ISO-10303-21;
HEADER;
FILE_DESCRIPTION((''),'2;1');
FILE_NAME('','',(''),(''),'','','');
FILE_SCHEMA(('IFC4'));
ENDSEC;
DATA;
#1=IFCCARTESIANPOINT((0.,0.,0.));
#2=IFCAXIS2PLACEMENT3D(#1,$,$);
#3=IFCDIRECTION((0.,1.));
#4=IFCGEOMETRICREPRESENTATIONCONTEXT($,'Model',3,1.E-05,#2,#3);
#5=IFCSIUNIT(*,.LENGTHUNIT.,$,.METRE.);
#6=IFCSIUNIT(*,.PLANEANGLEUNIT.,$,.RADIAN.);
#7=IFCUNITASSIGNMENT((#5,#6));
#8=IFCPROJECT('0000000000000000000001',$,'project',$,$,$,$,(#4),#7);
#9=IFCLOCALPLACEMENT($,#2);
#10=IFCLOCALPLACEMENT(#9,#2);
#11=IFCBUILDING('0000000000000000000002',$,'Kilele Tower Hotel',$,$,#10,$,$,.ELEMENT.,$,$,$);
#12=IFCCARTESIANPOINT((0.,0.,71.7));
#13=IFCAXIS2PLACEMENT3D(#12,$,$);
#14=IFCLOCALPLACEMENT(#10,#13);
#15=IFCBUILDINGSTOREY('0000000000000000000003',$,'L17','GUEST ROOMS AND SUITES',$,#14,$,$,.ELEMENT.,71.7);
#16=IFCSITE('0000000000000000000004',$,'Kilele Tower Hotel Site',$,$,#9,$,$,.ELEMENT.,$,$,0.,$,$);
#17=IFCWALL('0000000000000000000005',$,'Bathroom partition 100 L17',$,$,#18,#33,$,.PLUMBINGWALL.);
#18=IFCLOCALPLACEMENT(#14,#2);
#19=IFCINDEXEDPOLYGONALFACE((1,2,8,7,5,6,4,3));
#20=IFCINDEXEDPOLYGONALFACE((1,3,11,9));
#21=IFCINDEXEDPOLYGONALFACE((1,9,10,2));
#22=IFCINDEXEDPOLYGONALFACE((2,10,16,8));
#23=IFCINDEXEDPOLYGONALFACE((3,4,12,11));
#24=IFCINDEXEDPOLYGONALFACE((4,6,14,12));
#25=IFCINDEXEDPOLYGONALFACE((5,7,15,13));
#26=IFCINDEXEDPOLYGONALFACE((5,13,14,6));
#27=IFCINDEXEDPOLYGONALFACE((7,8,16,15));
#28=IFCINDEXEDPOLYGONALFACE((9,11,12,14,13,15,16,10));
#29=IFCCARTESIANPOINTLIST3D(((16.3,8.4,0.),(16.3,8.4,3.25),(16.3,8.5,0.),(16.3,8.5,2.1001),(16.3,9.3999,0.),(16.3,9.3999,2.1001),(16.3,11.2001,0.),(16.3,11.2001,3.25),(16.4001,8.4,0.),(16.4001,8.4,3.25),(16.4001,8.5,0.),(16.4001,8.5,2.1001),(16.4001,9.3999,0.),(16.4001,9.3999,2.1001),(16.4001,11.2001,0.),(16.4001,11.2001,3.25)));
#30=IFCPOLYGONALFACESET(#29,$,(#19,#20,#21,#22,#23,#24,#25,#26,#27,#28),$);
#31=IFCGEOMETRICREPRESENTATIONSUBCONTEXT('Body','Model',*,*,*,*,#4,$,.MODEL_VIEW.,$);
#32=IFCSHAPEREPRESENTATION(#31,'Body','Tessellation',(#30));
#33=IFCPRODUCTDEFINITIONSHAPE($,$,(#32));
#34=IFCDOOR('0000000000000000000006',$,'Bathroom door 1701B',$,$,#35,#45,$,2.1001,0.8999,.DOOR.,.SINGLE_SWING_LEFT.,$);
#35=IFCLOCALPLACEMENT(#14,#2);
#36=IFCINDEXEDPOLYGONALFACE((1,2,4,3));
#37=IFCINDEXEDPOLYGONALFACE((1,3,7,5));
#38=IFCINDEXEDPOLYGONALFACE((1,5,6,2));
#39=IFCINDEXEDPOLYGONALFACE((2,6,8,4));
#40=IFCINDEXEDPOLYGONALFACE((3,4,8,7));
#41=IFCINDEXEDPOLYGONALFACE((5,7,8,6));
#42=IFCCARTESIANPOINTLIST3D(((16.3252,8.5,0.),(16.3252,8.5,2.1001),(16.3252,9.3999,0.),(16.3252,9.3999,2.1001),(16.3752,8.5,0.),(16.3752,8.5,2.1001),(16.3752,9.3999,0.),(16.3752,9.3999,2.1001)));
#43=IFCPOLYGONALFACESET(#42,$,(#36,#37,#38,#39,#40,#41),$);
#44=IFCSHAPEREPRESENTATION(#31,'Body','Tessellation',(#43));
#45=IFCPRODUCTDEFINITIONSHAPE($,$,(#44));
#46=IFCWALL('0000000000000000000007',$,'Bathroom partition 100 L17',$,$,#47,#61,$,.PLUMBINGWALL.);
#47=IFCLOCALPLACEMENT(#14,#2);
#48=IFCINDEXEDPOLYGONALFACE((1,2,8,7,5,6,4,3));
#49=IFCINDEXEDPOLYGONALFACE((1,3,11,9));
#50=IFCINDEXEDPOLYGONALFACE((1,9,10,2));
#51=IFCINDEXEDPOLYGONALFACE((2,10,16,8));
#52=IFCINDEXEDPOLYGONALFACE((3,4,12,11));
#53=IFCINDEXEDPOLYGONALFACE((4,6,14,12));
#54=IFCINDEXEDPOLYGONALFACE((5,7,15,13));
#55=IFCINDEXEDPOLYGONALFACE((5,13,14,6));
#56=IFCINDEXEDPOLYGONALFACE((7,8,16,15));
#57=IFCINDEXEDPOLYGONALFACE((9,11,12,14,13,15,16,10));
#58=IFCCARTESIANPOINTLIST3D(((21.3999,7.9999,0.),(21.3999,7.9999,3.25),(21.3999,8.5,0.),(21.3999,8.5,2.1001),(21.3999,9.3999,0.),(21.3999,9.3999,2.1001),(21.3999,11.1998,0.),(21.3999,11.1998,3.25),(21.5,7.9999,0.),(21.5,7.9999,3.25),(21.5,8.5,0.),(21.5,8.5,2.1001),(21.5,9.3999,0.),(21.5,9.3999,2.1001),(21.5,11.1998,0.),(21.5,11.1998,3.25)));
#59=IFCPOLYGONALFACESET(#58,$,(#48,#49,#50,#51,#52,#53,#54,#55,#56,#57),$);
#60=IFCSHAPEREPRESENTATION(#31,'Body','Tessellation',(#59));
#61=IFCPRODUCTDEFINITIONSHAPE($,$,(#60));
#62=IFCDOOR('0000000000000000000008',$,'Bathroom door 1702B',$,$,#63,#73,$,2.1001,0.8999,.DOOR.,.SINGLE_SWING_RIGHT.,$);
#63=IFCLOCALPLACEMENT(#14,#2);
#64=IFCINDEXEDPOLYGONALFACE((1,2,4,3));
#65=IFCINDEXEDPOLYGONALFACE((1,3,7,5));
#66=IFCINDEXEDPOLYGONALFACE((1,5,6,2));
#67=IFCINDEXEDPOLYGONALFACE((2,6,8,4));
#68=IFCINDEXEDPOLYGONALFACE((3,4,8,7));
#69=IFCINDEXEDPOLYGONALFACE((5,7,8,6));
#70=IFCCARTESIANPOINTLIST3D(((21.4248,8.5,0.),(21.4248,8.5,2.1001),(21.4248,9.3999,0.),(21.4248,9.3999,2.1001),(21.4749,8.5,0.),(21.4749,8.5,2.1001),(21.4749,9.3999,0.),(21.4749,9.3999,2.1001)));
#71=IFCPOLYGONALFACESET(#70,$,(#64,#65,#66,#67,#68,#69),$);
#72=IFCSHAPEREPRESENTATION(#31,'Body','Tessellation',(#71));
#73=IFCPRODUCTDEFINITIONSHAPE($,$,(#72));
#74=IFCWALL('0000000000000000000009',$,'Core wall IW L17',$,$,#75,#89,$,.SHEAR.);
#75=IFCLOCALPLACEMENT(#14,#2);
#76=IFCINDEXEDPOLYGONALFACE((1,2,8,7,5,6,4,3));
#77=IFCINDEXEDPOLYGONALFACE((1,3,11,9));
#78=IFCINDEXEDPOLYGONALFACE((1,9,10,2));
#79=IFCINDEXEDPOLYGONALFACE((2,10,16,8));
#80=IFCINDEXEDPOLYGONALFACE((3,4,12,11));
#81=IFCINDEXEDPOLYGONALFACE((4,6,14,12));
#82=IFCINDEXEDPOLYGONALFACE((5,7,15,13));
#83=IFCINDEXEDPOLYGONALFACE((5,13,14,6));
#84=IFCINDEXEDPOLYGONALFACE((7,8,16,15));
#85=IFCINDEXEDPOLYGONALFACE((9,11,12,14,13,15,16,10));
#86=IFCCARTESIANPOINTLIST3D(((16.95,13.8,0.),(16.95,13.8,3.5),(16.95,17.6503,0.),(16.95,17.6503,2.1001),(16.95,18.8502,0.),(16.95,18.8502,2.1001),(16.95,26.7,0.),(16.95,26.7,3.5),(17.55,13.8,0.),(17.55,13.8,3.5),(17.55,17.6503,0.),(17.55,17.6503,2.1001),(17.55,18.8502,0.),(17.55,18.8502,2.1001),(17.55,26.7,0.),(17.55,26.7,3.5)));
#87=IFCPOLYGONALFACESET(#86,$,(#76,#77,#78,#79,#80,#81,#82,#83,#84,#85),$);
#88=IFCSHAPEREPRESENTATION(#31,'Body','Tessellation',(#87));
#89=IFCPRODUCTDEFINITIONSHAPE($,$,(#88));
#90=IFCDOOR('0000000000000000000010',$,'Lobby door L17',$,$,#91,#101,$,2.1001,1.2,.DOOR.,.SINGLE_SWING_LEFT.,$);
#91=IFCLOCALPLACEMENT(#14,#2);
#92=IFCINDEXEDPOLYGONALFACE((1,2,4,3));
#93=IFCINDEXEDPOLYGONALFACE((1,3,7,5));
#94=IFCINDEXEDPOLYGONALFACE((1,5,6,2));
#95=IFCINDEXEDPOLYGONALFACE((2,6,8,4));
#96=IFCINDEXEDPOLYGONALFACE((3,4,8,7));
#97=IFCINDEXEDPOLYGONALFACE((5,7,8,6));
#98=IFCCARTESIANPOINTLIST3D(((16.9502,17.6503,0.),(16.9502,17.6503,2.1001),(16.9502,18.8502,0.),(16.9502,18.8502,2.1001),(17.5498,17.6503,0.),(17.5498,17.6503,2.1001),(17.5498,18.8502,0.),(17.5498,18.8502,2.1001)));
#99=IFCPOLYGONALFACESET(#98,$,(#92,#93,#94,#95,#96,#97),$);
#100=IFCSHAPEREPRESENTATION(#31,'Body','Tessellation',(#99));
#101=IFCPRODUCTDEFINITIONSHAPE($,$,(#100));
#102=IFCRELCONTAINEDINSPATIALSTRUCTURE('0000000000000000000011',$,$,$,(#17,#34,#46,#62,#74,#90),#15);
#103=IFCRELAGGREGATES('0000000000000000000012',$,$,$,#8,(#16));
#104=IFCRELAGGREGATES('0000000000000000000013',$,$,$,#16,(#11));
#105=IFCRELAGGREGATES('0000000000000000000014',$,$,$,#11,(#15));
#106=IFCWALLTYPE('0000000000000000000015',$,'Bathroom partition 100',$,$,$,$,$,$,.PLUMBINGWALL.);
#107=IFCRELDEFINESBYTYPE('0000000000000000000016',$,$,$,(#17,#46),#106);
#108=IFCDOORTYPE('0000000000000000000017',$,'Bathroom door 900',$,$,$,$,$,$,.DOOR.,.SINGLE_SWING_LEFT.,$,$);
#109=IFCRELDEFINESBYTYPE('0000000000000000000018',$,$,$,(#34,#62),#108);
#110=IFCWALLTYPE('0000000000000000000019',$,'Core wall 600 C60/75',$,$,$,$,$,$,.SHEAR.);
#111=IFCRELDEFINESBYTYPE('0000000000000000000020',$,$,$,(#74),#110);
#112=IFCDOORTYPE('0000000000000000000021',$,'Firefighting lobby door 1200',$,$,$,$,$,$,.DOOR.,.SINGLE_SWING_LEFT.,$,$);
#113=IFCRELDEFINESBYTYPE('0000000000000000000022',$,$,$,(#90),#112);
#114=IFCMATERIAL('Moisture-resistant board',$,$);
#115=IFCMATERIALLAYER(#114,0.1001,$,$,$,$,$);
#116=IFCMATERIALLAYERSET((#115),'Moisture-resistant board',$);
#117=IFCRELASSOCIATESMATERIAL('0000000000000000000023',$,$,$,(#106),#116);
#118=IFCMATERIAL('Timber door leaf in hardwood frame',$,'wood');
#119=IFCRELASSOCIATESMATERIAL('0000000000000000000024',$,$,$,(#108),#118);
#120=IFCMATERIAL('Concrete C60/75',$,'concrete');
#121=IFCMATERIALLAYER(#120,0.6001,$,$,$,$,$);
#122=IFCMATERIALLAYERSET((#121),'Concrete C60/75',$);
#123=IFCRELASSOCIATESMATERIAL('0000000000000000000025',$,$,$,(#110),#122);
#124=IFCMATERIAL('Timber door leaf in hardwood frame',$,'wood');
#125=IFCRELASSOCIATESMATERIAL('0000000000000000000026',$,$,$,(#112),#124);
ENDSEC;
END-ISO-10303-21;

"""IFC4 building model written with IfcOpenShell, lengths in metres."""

from ifc_helpers import new_model, si_unit, direction, frame, frame_2d, origin, place, context, subcontext, project, spatial, rectangle, extrude, material, layer, layer_set, type_object, element, fill, save


model = new_model("IFC4")

# Units and contexts
model_context = context("Model", 3, precision=1e-05, world=origin(), true_north=direction((0.0, 1.0)))
body_context = subcontext(model_context, "Body", "Model", "MODEL_VIEW")
ifc_project = project(units=[si_unit("LENGTHUNIT", "METRE"), si_unit("PLANEANGLEUNIT", "RADIAN")], contexts=[model_context])

# Site, building, storey
site_placement = place(None, origin())
site = spatial("IfcSite", under=ifc_project, at=site_placement, Name="Kilele Tower Hotel Site", CompositionType="ELEMENT", RefElevation=0.0)
building_placement = place(site_placement, origin())
building = spatial("IfcBuilding", under=site, at=building_placement, Name="Kilele Tower Hotel", CompositionType="ELEMENT")
storey_placement = place(building_placement, frame((0.0, 0.0, 71.7)))
storey = spatial("IfcBuildingStorey", under=building, at=storey_placement, Name="L17", Description="GUEST ROOMS AND SUITES", CompositionType="ELEMENT", Elevation=71.7)

# Walls, openings, doors
ifc_material_1 = material(Name="Moisture-resistant board")
ifc_layer_1 = layer(ifc_material_1, 0.1001)
ifc_layer_set_1 = layer_set([ifc_layer_1], Name="Moisture-resistant board")
wall_type_1 = type_object("IfcWallType", Name="Bathroom partition 100", PredefinedType="PLUMBINGWALL", material=ifc_layer_set_1)
wall_1_placement = place(storey_placement, frame((16.3501, 11.2, 0.0), z_axis=(0.0, 0.0, 1.0), x_axis=(0.0, -1.0, 0.0)))
wall_1 = element("IfcWall", 1, at=wall_1_placement, inside=storey, type_object=wall_type_1, Name="Bathroom partition 100 L17", PredefinedType="PLUMBINGWALL", context=body_context, shape_type="SweptSolid", body=[
    extrude(rectangle(XDim=2.8, YDim=0.1001, at=frame_2d((1.3999, 0.0))), origin(), (0.0, 0.0, 1.0), 3.25),
])
opening_1_placement = place(wall_1_placement, frame((2.7, 0.0, 0.0), z_axis=(0.0, 0.0, 1.0), x_axis=(-1.0, 0.0, 0.0)))
opening_1 = element("IfcOpeningElement", 2, at=opening_1_placement, cuts=wall_1, PredefinedType="OPENING", context=body_context, shape_type="SweptSolid", body=[
    extrude(rectangle(XDim=0.8999, YDim=2.1001, at=frame_2d((0.45, 1.05))), frame((0.0, 0.0601, 0.0), z_axis=(0.0, -1.0, 0.0), x_axis=(1.0, 0.0, 0.0)), (0.0, 0.0, 1.0), 0.1201),
])
ifc_material_2 = material(Name="Timber door leaf in hardwood frame", Category="wood")
door_type_1 = type_object("IfcDoorType", Name="Bathroom door 900", OperationType="SINGLE_SWING_LEFT", PredefinedType="DOOR", material=ifc_material_2)
door_1_placement = place(opening_1_placement, origin())
door_1 = element("IfcDoor", 3, at=door_1_placement, inside=storey, type_object=door_type_1, Name="Bathroom door 1701B", OperationType="SINGLE_SWING_LEFT", OverallHeight=2.1001, OverallWidth=0.8999, PredefinedType="DOOR", context=body_context, shape_type="SweptSolid", body=[
    extrude(rectangle(XDim=0.8999, YDim=2.1001, at=frame_2d((0.45, 1.05))), frame((0.0, 0.0249, 0.0), z_axis=(0.0, -1.0, 0.0), x_axis=(1.0, 0.0, 0.0)), (0.0, 0.0, 1.0), 0.05),
])
fill(opening_1, door_1)
wall_2_placement = place(storey_placement, frame((21.45, 11.2, 0.0), z_axis=(0.0, 0.0, 1.0), x_axis=(0.0, -1.0, 0.0)))
wall_2 = element("IfcWall", 4, at=wall_2_placement, inside=storey, type_object=wall_type_1, Name="Bathroom partition 100 L17", PredefinedType="PLUMBINGWALL", context=body_context, shape_type="SweptSolid", body=[
    extrude(rectangle(XDim=3.2, YDim=0.1001, at=frame_2d((1.6001, 0.0))), origin(), (0.0, 0.0, 1.0), 3.25),
])
opening_2_placement = place(wall_2_placement, frame((1.8, 0.0, 0.0)))
opening_2 = element("IfcOpeningElement", 5, at=opening_2_placement, cuts=wall_2, PredefinedType="OPENING", context=body_context, shape_type="SweptSolid", body=[
    extrude(rectangle(XDim=0.8999, YDim=2.1001, at=frame_2d((0.45, 1.05))), frame((0.0, 0.0601, 0.0), z_axis=(0.0, -1.0, 0.0), x_axis=(1.0, 0.0, 0.0)), (0.0, 0.0, 1.0), 0.1201),
])
door_2_placement = place(opening_2_placement, origin())
door_2 = element("IfcDoor", 6, at=door_2_placement, inside=storey, type_object=door_type_1, Name="Bathroom door 1702B", OperationType="SINGLE_SWING_RIGHT", OverallHeight=2.1001, OverallWidth=0.8999, PredefinedType="DOOR", context=body_context, shape_type="SweptSolid", body=[
    extrude(rectangle(XDim=0.8999, YDim=2.1001, at=frame_2d((0.45, 1.05))), frame((0.0, 0.0249, 0.0), z_axis=(0.0, -1.0, 0.0), x_axis=(1.0, 0.0, 0.0)), (0.0, 0.0, 1.0), 0.05),
])
fill(opening_2, door_2)
ifc_material_3 = material(Name="Concrete C60/75", Category="concrete")
ifc_layer_2 = layer(ifc_material_3, 0.6001)
ifc_layer_set_2 = layer_set([ifc_layer_2], Name="Concrete C60/75")
wall_type_2 = type_object("IfcWallType", Name="Core wall 600 C60/75", PredefinedType="SHEAR", material=ifc_layer_set_2)
wall_3_placement = place(storey_placement, frame((17.25, 13.8, 0.0), z_axis=(0.0, 0.0, 1.0), x_axis=(0.0, 1.0, 0.0)))
wall_3 = element("IfcWall", 7, at=wall_3_placement, inside=storey, type_object=wall_type_2, Name="Core wall IW L17", PredefinedType="SHEAR", context=body_context, shape_type="SweptSolid", body=[
    extrude(rectangle(XDim=12.8999, YDim=0.6001, at=frame_2d((6.45, 0.0))), origin(), (0.0, 0.0, 1.0), 3.5),
])
opening_3_placement = place(wall_3_placement, frame((3.8501, 0.0, 0.0)))
opening_3 = element("IfcOpeningElement", 8, at=opening_3_placement, cuts=wall_3, PredefinedType="OPENING", context=body_context, shape_type="SweptSolid", body=[
    extrude(rectangle(XDim=1.2, YDim=2.1001, at=frame_2d((0.6001, 1.05))), frame((0.0, 0.3101, 0.0), z_axis=(0.0, -1.0, 0.0), x_axis=(1.0, 0.0, 0.0)), (0.0, 0.0, 1.0), 0.6201),
])
ifc_material_4 = material(Name="Timber door leaf in hardwood frame", Category="wood")
door_type_2 = type_object("IfcDoorType", Name="Firefighting lobby door 1200", OperationType="SINGLE_SWING_LEFT", PredefinedType="DOOR", material=ifc_material_4)
door_3_placement = place(opening_3_placement, origin())
door_3 = element("IfcDoor", 9, at=door_3_placement, inside=storey, type_object=door_type_2, Name="Lobby door L17", OperationType="SINGLE_SWING_LEFT", OverallHeight=2.1001, OverallWidth=1.2, PredefinedType="DOOR", context=body_context, shape_type="SweptSolid", body=[
    extrude(rectangle(XDim=1.2, YDim=2.1001, at=frame_2d((0.6001, 1.05))), frame((0.0, 0.2998, 0.0), z_axis=(0.0, -1.0, 0.0), x_axis=(1.0, 0.0, 0.0)), (0.0, 0.0, 1.0), 0.5996),
])
fill(opening_3, door_3)

save(model, "model.ifc")
